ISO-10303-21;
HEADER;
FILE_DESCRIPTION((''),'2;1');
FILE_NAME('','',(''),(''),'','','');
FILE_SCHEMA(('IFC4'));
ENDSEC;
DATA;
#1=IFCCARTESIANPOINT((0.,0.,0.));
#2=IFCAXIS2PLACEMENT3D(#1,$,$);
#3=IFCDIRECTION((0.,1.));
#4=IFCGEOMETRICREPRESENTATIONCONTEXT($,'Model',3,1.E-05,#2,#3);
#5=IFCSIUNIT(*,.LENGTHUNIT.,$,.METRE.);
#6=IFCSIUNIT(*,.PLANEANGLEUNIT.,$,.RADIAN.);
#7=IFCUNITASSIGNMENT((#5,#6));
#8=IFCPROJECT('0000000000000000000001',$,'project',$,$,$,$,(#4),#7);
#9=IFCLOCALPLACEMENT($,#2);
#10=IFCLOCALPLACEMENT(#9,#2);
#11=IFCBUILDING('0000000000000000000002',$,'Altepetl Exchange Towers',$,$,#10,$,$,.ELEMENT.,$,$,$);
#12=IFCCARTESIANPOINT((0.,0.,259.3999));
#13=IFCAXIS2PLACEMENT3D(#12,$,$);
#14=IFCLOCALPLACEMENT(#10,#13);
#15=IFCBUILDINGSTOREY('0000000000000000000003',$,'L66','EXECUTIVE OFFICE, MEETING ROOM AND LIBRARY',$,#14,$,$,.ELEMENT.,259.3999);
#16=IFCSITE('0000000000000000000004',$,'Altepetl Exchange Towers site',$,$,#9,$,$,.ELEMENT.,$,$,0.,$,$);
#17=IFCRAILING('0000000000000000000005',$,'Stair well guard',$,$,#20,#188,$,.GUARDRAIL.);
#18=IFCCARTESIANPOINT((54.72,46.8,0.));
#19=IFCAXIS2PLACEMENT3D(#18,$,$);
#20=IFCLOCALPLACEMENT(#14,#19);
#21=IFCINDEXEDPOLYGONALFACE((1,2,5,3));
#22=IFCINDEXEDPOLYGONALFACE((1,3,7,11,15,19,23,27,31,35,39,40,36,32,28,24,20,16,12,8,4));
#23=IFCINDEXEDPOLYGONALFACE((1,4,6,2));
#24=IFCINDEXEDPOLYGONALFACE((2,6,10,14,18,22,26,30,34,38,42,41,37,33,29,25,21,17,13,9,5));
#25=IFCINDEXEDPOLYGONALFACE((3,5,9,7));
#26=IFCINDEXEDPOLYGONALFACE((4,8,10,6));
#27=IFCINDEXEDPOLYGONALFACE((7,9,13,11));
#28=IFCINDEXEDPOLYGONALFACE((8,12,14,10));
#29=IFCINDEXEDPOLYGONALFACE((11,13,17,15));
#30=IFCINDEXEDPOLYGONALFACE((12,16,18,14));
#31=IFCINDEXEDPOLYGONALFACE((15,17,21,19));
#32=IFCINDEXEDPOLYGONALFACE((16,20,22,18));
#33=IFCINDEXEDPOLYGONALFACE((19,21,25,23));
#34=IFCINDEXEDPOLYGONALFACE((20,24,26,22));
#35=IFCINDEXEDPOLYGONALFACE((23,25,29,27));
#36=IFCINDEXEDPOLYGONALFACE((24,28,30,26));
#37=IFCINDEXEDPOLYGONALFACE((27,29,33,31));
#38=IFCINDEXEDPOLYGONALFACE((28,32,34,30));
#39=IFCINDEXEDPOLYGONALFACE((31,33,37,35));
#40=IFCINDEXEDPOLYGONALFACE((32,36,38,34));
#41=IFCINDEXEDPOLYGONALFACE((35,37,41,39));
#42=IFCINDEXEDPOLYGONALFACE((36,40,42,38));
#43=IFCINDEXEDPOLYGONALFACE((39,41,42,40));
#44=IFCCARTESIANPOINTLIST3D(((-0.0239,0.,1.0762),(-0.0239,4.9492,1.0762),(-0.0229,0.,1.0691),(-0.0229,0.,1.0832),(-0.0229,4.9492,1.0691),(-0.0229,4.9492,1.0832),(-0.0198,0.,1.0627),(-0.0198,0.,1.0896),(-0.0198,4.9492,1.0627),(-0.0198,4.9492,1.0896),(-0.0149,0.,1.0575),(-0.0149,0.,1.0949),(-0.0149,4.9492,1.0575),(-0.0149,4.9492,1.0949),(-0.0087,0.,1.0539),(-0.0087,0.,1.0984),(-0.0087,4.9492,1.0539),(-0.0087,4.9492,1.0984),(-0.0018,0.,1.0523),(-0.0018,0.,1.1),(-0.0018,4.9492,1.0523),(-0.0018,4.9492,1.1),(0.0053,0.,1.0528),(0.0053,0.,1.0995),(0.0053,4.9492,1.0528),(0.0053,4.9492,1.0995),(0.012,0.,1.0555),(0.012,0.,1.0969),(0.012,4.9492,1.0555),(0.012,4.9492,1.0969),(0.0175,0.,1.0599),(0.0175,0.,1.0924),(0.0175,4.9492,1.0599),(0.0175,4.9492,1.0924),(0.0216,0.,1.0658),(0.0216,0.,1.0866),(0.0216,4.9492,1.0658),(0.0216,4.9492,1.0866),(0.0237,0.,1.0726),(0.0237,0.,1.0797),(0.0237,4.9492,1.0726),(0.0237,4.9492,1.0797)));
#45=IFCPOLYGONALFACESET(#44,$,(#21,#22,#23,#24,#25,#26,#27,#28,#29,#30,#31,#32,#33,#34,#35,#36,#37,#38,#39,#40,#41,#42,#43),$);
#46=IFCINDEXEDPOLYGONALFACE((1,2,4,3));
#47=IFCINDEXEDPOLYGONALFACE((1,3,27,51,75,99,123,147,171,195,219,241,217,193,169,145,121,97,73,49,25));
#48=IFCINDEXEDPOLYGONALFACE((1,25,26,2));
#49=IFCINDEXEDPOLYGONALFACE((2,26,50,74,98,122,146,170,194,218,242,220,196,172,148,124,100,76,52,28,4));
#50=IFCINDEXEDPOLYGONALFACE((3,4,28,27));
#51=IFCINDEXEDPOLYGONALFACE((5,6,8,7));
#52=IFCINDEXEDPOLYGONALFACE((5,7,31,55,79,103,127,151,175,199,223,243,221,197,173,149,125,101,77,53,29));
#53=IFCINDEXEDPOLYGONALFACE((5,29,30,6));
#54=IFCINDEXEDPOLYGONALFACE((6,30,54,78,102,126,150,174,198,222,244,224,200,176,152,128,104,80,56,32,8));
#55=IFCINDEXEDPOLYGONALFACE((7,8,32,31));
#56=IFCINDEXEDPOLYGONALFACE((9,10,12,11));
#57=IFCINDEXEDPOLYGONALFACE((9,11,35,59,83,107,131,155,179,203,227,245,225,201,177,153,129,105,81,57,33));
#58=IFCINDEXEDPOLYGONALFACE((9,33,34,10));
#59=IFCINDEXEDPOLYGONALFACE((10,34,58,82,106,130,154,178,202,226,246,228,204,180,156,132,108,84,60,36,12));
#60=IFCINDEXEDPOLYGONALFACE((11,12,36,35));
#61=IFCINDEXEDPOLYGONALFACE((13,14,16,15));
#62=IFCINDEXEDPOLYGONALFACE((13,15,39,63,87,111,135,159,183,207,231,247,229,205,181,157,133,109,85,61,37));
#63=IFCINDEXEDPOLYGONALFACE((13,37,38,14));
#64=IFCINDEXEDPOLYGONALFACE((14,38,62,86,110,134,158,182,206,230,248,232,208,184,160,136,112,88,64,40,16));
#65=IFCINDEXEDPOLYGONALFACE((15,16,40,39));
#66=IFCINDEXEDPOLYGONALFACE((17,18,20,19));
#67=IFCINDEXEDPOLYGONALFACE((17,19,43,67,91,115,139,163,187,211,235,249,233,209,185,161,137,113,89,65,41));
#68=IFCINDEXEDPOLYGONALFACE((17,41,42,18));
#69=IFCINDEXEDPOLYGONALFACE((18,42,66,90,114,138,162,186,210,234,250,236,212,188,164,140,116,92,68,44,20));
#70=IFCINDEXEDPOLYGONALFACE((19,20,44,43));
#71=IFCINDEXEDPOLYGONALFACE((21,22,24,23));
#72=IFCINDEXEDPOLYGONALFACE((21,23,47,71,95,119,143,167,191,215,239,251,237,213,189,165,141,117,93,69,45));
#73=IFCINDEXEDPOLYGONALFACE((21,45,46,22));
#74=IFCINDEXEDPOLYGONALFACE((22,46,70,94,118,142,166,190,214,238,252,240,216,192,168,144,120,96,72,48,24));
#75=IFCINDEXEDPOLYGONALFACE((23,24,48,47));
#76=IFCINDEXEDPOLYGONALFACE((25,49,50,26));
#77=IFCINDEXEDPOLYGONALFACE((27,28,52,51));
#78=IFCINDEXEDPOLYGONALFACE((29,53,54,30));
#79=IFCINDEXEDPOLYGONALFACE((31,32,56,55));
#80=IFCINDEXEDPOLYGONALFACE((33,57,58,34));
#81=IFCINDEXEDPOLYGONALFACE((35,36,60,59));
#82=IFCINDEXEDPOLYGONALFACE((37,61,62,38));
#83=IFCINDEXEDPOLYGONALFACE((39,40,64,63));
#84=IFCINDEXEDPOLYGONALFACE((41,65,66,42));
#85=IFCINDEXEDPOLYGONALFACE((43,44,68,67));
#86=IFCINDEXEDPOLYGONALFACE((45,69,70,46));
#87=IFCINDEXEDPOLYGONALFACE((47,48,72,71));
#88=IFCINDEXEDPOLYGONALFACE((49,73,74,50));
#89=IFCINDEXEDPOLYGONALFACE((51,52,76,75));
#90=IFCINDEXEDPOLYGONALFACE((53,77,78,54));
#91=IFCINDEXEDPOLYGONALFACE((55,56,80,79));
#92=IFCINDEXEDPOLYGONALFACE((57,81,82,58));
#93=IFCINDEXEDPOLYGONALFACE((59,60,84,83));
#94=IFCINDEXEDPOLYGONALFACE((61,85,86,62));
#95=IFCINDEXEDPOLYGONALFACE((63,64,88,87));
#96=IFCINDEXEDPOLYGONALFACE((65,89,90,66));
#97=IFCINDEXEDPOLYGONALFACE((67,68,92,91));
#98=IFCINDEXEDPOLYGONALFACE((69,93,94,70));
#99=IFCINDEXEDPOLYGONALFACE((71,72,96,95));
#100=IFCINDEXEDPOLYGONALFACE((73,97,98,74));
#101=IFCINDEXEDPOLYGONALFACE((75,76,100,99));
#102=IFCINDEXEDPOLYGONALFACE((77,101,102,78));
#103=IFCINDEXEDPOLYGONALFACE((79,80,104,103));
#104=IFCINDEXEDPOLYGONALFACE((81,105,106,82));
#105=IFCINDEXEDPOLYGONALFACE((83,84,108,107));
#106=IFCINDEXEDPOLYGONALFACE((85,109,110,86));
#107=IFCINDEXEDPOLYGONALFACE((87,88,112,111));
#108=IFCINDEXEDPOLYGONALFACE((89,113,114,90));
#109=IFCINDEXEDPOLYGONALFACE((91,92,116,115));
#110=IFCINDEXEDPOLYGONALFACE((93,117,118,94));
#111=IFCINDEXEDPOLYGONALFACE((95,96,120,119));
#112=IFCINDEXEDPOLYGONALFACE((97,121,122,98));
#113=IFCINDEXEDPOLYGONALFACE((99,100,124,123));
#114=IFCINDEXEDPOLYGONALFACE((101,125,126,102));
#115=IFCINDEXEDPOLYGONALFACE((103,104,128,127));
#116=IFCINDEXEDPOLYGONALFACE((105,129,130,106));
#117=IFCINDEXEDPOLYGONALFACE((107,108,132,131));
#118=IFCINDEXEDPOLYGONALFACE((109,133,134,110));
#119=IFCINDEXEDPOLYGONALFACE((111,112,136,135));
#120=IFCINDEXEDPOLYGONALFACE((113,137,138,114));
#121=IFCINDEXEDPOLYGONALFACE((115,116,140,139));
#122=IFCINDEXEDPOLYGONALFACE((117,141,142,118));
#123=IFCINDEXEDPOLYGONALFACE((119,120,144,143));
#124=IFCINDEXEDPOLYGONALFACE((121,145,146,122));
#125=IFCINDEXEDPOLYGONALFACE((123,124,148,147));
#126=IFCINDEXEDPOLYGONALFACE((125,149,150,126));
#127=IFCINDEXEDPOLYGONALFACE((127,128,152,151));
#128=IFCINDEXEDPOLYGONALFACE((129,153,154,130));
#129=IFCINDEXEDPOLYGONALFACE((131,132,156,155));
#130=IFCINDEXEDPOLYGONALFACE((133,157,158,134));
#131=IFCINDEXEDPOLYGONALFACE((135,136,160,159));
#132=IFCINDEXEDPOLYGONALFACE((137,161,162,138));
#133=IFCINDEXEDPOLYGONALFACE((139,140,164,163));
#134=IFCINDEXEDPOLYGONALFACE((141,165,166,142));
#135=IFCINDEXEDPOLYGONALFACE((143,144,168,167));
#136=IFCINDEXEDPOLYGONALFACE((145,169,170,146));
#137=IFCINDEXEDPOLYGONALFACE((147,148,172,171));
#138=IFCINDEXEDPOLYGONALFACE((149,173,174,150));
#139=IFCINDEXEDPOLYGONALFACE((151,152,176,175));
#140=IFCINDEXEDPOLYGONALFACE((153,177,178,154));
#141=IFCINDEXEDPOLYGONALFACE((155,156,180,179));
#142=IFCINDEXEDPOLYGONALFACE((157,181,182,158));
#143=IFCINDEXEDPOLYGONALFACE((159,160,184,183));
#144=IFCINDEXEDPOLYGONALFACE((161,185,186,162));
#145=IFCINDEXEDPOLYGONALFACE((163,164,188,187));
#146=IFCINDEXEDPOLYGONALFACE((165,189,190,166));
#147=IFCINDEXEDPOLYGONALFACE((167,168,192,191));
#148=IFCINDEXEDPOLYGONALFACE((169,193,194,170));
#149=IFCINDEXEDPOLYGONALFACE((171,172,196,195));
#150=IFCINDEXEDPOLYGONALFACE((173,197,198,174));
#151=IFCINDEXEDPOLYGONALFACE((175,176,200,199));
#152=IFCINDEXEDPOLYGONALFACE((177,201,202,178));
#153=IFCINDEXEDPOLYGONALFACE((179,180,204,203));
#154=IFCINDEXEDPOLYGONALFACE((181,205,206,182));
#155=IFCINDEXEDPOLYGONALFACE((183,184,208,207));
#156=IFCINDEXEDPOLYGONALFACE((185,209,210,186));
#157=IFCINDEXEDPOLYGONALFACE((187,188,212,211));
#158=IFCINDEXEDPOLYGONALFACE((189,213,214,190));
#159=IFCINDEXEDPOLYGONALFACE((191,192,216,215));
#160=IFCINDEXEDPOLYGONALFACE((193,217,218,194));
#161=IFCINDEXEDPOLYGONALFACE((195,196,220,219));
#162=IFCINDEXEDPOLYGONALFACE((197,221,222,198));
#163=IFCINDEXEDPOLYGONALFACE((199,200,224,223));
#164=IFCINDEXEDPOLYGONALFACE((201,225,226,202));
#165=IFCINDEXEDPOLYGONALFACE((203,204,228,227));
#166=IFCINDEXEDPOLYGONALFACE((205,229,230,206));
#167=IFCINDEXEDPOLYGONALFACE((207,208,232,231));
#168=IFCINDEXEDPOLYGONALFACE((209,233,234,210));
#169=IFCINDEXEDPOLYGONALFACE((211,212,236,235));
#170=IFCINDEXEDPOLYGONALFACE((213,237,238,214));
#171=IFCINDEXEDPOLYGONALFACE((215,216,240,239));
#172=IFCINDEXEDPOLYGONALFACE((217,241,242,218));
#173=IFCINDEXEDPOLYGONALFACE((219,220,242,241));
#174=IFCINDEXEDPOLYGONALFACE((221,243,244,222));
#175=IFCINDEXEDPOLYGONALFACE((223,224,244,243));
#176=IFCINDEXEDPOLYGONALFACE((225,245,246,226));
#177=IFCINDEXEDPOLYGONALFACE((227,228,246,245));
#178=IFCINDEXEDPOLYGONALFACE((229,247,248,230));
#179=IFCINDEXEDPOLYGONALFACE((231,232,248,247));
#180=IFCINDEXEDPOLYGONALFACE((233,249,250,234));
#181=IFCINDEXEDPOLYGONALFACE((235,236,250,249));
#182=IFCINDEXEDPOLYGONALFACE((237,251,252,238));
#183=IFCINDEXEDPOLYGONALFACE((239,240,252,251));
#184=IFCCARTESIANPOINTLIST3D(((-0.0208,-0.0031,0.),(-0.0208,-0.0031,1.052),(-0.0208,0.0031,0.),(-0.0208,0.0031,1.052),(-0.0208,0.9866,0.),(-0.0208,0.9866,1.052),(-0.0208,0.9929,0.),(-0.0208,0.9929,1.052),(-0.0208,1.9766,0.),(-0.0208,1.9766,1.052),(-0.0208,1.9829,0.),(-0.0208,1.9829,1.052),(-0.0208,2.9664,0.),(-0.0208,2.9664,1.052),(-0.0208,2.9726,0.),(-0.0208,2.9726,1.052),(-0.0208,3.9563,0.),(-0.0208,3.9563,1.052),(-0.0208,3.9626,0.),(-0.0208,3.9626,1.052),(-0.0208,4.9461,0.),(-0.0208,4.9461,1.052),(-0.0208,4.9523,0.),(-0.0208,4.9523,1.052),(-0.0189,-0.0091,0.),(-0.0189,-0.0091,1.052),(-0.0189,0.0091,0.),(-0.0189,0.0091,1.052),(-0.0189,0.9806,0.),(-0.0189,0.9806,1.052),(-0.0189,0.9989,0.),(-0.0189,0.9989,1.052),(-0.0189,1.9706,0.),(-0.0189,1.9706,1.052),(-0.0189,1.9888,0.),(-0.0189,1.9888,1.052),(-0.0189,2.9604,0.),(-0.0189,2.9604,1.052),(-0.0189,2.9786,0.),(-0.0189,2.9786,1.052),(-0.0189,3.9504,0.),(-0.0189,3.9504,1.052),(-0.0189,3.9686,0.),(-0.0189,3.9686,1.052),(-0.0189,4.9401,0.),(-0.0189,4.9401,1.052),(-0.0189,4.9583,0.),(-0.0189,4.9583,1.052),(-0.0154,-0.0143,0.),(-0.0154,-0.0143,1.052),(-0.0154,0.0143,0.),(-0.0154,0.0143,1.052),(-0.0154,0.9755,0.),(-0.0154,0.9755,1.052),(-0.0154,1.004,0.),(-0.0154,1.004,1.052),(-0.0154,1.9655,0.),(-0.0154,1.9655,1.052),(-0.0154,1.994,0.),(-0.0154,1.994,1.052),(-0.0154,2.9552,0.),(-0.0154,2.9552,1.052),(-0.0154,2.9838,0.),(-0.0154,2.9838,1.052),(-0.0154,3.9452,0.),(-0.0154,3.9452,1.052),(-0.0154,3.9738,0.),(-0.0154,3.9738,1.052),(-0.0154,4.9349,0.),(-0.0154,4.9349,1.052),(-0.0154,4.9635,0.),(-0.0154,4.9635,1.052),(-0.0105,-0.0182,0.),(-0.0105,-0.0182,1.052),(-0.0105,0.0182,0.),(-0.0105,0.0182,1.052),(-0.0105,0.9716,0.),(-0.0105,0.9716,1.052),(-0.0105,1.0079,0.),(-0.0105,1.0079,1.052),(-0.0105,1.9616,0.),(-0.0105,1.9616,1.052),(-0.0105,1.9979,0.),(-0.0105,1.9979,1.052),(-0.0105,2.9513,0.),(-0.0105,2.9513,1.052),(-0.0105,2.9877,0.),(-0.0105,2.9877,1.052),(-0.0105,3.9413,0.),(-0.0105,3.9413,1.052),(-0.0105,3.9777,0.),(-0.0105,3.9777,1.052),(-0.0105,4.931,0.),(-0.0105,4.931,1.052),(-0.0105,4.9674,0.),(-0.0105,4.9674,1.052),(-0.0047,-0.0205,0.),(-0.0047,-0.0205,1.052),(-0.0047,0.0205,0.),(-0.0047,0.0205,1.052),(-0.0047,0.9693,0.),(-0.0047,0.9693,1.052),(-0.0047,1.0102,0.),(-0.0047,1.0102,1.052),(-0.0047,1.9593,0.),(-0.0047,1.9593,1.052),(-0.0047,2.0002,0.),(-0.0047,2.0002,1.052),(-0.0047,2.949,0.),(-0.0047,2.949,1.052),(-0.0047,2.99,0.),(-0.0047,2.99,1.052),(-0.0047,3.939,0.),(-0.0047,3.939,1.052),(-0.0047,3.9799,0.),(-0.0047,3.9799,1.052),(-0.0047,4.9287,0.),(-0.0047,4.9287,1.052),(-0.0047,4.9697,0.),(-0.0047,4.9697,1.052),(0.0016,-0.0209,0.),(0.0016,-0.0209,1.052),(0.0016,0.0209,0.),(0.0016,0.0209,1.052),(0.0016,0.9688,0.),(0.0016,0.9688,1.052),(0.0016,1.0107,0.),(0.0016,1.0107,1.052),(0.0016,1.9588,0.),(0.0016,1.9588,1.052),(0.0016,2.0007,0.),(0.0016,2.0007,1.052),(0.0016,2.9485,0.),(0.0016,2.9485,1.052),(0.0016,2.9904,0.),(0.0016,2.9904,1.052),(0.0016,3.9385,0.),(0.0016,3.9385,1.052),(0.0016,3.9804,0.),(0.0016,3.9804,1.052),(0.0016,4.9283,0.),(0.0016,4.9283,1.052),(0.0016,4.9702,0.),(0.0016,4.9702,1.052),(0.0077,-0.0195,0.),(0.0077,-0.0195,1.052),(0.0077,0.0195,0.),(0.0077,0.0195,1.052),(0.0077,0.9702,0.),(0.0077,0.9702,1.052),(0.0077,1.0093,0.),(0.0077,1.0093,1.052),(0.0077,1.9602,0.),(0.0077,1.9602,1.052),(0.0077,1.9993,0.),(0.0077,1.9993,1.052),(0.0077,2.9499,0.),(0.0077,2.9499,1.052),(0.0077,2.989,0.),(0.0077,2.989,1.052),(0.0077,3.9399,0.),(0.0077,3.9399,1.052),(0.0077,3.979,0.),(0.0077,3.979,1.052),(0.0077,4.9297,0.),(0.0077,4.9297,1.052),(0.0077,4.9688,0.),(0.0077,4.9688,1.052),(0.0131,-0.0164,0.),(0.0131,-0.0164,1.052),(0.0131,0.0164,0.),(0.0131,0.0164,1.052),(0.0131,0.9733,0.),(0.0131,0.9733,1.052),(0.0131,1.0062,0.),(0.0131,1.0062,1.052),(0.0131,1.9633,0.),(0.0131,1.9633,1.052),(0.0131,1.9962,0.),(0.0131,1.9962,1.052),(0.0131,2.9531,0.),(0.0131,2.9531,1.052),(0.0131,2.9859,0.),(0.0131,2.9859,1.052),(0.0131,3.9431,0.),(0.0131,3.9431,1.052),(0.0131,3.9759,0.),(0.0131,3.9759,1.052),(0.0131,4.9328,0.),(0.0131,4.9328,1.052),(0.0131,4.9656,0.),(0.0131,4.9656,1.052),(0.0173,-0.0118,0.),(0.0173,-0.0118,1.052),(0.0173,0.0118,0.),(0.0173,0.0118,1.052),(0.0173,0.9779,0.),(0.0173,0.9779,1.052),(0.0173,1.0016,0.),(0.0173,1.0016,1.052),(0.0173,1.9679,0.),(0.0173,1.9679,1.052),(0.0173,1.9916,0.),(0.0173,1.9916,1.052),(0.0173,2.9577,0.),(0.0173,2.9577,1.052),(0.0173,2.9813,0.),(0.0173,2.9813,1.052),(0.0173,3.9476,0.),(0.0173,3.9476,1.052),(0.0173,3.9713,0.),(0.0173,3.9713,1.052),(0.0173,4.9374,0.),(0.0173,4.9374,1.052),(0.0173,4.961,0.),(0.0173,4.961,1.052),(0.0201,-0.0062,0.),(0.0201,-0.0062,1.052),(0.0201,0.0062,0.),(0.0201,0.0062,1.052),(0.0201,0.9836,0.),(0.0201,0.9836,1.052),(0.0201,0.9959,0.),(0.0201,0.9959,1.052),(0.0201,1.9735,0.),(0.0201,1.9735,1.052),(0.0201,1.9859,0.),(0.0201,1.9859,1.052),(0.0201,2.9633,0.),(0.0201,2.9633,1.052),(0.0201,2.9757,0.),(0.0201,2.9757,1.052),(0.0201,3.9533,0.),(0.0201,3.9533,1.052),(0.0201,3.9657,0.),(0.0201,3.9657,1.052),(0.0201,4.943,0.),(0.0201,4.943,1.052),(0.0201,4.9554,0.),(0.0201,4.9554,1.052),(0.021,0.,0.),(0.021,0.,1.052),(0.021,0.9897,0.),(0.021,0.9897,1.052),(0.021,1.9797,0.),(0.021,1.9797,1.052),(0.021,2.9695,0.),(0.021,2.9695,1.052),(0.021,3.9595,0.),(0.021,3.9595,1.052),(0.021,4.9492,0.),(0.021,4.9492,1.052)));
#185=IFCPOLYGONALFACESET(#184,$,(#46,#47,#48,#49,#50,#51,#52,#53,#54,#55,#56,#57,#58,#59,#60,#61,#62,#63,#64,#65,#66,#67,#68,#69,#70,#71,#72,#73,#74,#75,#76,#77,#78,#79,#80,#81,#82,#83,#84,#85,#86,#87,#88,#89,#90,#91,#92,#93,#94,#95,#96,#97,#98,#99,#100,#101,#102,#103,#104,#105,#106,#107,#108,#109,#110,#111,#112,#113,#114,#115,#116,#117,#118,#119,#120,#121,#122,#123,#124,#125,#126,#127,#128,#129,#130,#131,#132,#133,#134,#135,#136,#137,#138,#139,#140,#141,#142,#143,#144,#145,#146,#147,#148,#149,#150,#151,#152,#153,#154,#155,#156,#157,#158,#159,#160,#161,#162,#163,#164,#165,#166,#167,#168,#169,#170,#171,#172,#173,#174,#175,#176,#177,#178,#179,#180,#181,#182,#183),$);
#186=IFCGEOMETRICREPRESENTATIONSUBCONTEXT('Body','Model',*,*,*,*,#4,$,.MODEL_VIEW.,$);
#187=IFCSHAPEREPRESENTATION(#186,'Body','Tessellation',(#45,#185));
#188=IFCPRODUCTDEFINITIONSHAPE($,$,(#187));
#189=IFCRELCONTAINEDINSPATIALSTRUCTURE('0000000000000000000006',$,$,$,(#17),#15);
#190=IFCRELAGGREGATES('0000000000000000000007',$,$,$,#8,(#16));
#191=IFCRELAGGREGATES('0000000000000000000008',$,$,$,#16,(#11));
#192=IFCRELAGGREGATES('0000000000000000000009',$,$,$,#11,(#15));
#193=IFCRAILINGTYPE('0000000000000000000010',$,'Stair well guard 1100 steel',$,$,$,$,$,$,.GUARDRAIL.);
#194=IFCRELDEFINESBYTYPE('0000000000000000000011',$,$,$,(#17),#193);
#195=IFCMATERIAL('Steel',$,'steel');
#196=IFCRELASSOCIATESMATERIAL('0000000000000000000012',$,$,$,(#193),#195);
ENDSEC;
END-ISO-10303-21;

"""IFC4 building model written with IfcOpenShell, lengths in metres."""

from ifc_helpers import new_model, si_unit, direction, frame, origin, origin_2d, place, context, subcontext, project, spatial, circle, extrude, source, transform, mapped, material, type_object, element, save


model = new_model("IFC4")

# Units and contexts
model_context = context("Model", 3, precision=1e-05, world=origin(), true_north=direction((0.0, 1.0)))
body_context = subcontext(model_context, "Body", "Model", "MODEL_VIEW")
ifc_project = project(units=[si_unit("LENGTHUNIT", "METRE"), si_unit("PLANEANGLEUNIT", "RADIAN")], contexts=[model_context])

# Site, building, storey
site_placement = place(None, origin())
site = spatial("IfcSite", under=ifc_project, at=site_placement, Name="Altepetl Exchange Towers site", CompositionType="ELEMENT", RefElevation=0.0)
building_placement = place(site_placement, origin())
building = spatial("IfcBuilding", under=site, at=building_placement, Name="Altepetl Exchange Towers", CompositionType="ELEMENT")
storey_placement = place(building_placement, frame((0.0, 0.0, 259.3999)))
storey = spatial("IfcBuildingStorey", under=building, at=storey_placement, Name="L66", Description="EXECUTIVE OFFICE, MEETING ROOM AND LIBRARY", CompositionType="ELEMENT", Elevation=259.3999)

# Railing
ifc_material_1 = material(Name="Steel", Category="steel")
railing_type_1 = type_object("IfcRailingType", Name="Stair well guard 1100 steel", PredefinedType="GUARDRAIL", material=ifc_material_1)
shared_shape_1 = source(origin(), body_context, "Body", "SweptSolid", [
    extrude(circle(Radius=0.021, at=origin_2d()), origin(), (0.0, 0.0, 1.0), 1.052),
])
railing_placement = place(storey_placement, frame((54.72, 46.8, 0.0)))
element("IfcRailing", 1, at=railing_placement, inside=storey, type_object=railing_type_1, Name="Stair well guard", PredefinedType="GUARDRAIL", context=body_context, shape_type="SweptSolid", body=[
    extrude(circle(Radius=0.0239, at=origin_2d()), frame((0.0, 0.0, 1.0762), z_axis=(0.0, 1.0, 0.0), x_axis=(-1.0, 0.0, 0.0)), (0.0, 0.0, 1.0), 4.9492),
    mapped(shared_shape_1, transform((0.0, 0.0, 0.0))),
    mapped(shared_shape_1, transform((0.0, 0.9897, 0.0))),
    mapped(shared_shape_1, transform((0.0, 1.9797, 0.0))),
    mapped(shared_shape_1, transform((0.0, 2.9695, 0.0))),
    mapped(shared_shape_1, transform((0.0, 3.9595, 0.0))),
    mapped(shared_shape_1, transform((0.0, 4.9492, 0.0))),
])

save(model, "model.ifc")
